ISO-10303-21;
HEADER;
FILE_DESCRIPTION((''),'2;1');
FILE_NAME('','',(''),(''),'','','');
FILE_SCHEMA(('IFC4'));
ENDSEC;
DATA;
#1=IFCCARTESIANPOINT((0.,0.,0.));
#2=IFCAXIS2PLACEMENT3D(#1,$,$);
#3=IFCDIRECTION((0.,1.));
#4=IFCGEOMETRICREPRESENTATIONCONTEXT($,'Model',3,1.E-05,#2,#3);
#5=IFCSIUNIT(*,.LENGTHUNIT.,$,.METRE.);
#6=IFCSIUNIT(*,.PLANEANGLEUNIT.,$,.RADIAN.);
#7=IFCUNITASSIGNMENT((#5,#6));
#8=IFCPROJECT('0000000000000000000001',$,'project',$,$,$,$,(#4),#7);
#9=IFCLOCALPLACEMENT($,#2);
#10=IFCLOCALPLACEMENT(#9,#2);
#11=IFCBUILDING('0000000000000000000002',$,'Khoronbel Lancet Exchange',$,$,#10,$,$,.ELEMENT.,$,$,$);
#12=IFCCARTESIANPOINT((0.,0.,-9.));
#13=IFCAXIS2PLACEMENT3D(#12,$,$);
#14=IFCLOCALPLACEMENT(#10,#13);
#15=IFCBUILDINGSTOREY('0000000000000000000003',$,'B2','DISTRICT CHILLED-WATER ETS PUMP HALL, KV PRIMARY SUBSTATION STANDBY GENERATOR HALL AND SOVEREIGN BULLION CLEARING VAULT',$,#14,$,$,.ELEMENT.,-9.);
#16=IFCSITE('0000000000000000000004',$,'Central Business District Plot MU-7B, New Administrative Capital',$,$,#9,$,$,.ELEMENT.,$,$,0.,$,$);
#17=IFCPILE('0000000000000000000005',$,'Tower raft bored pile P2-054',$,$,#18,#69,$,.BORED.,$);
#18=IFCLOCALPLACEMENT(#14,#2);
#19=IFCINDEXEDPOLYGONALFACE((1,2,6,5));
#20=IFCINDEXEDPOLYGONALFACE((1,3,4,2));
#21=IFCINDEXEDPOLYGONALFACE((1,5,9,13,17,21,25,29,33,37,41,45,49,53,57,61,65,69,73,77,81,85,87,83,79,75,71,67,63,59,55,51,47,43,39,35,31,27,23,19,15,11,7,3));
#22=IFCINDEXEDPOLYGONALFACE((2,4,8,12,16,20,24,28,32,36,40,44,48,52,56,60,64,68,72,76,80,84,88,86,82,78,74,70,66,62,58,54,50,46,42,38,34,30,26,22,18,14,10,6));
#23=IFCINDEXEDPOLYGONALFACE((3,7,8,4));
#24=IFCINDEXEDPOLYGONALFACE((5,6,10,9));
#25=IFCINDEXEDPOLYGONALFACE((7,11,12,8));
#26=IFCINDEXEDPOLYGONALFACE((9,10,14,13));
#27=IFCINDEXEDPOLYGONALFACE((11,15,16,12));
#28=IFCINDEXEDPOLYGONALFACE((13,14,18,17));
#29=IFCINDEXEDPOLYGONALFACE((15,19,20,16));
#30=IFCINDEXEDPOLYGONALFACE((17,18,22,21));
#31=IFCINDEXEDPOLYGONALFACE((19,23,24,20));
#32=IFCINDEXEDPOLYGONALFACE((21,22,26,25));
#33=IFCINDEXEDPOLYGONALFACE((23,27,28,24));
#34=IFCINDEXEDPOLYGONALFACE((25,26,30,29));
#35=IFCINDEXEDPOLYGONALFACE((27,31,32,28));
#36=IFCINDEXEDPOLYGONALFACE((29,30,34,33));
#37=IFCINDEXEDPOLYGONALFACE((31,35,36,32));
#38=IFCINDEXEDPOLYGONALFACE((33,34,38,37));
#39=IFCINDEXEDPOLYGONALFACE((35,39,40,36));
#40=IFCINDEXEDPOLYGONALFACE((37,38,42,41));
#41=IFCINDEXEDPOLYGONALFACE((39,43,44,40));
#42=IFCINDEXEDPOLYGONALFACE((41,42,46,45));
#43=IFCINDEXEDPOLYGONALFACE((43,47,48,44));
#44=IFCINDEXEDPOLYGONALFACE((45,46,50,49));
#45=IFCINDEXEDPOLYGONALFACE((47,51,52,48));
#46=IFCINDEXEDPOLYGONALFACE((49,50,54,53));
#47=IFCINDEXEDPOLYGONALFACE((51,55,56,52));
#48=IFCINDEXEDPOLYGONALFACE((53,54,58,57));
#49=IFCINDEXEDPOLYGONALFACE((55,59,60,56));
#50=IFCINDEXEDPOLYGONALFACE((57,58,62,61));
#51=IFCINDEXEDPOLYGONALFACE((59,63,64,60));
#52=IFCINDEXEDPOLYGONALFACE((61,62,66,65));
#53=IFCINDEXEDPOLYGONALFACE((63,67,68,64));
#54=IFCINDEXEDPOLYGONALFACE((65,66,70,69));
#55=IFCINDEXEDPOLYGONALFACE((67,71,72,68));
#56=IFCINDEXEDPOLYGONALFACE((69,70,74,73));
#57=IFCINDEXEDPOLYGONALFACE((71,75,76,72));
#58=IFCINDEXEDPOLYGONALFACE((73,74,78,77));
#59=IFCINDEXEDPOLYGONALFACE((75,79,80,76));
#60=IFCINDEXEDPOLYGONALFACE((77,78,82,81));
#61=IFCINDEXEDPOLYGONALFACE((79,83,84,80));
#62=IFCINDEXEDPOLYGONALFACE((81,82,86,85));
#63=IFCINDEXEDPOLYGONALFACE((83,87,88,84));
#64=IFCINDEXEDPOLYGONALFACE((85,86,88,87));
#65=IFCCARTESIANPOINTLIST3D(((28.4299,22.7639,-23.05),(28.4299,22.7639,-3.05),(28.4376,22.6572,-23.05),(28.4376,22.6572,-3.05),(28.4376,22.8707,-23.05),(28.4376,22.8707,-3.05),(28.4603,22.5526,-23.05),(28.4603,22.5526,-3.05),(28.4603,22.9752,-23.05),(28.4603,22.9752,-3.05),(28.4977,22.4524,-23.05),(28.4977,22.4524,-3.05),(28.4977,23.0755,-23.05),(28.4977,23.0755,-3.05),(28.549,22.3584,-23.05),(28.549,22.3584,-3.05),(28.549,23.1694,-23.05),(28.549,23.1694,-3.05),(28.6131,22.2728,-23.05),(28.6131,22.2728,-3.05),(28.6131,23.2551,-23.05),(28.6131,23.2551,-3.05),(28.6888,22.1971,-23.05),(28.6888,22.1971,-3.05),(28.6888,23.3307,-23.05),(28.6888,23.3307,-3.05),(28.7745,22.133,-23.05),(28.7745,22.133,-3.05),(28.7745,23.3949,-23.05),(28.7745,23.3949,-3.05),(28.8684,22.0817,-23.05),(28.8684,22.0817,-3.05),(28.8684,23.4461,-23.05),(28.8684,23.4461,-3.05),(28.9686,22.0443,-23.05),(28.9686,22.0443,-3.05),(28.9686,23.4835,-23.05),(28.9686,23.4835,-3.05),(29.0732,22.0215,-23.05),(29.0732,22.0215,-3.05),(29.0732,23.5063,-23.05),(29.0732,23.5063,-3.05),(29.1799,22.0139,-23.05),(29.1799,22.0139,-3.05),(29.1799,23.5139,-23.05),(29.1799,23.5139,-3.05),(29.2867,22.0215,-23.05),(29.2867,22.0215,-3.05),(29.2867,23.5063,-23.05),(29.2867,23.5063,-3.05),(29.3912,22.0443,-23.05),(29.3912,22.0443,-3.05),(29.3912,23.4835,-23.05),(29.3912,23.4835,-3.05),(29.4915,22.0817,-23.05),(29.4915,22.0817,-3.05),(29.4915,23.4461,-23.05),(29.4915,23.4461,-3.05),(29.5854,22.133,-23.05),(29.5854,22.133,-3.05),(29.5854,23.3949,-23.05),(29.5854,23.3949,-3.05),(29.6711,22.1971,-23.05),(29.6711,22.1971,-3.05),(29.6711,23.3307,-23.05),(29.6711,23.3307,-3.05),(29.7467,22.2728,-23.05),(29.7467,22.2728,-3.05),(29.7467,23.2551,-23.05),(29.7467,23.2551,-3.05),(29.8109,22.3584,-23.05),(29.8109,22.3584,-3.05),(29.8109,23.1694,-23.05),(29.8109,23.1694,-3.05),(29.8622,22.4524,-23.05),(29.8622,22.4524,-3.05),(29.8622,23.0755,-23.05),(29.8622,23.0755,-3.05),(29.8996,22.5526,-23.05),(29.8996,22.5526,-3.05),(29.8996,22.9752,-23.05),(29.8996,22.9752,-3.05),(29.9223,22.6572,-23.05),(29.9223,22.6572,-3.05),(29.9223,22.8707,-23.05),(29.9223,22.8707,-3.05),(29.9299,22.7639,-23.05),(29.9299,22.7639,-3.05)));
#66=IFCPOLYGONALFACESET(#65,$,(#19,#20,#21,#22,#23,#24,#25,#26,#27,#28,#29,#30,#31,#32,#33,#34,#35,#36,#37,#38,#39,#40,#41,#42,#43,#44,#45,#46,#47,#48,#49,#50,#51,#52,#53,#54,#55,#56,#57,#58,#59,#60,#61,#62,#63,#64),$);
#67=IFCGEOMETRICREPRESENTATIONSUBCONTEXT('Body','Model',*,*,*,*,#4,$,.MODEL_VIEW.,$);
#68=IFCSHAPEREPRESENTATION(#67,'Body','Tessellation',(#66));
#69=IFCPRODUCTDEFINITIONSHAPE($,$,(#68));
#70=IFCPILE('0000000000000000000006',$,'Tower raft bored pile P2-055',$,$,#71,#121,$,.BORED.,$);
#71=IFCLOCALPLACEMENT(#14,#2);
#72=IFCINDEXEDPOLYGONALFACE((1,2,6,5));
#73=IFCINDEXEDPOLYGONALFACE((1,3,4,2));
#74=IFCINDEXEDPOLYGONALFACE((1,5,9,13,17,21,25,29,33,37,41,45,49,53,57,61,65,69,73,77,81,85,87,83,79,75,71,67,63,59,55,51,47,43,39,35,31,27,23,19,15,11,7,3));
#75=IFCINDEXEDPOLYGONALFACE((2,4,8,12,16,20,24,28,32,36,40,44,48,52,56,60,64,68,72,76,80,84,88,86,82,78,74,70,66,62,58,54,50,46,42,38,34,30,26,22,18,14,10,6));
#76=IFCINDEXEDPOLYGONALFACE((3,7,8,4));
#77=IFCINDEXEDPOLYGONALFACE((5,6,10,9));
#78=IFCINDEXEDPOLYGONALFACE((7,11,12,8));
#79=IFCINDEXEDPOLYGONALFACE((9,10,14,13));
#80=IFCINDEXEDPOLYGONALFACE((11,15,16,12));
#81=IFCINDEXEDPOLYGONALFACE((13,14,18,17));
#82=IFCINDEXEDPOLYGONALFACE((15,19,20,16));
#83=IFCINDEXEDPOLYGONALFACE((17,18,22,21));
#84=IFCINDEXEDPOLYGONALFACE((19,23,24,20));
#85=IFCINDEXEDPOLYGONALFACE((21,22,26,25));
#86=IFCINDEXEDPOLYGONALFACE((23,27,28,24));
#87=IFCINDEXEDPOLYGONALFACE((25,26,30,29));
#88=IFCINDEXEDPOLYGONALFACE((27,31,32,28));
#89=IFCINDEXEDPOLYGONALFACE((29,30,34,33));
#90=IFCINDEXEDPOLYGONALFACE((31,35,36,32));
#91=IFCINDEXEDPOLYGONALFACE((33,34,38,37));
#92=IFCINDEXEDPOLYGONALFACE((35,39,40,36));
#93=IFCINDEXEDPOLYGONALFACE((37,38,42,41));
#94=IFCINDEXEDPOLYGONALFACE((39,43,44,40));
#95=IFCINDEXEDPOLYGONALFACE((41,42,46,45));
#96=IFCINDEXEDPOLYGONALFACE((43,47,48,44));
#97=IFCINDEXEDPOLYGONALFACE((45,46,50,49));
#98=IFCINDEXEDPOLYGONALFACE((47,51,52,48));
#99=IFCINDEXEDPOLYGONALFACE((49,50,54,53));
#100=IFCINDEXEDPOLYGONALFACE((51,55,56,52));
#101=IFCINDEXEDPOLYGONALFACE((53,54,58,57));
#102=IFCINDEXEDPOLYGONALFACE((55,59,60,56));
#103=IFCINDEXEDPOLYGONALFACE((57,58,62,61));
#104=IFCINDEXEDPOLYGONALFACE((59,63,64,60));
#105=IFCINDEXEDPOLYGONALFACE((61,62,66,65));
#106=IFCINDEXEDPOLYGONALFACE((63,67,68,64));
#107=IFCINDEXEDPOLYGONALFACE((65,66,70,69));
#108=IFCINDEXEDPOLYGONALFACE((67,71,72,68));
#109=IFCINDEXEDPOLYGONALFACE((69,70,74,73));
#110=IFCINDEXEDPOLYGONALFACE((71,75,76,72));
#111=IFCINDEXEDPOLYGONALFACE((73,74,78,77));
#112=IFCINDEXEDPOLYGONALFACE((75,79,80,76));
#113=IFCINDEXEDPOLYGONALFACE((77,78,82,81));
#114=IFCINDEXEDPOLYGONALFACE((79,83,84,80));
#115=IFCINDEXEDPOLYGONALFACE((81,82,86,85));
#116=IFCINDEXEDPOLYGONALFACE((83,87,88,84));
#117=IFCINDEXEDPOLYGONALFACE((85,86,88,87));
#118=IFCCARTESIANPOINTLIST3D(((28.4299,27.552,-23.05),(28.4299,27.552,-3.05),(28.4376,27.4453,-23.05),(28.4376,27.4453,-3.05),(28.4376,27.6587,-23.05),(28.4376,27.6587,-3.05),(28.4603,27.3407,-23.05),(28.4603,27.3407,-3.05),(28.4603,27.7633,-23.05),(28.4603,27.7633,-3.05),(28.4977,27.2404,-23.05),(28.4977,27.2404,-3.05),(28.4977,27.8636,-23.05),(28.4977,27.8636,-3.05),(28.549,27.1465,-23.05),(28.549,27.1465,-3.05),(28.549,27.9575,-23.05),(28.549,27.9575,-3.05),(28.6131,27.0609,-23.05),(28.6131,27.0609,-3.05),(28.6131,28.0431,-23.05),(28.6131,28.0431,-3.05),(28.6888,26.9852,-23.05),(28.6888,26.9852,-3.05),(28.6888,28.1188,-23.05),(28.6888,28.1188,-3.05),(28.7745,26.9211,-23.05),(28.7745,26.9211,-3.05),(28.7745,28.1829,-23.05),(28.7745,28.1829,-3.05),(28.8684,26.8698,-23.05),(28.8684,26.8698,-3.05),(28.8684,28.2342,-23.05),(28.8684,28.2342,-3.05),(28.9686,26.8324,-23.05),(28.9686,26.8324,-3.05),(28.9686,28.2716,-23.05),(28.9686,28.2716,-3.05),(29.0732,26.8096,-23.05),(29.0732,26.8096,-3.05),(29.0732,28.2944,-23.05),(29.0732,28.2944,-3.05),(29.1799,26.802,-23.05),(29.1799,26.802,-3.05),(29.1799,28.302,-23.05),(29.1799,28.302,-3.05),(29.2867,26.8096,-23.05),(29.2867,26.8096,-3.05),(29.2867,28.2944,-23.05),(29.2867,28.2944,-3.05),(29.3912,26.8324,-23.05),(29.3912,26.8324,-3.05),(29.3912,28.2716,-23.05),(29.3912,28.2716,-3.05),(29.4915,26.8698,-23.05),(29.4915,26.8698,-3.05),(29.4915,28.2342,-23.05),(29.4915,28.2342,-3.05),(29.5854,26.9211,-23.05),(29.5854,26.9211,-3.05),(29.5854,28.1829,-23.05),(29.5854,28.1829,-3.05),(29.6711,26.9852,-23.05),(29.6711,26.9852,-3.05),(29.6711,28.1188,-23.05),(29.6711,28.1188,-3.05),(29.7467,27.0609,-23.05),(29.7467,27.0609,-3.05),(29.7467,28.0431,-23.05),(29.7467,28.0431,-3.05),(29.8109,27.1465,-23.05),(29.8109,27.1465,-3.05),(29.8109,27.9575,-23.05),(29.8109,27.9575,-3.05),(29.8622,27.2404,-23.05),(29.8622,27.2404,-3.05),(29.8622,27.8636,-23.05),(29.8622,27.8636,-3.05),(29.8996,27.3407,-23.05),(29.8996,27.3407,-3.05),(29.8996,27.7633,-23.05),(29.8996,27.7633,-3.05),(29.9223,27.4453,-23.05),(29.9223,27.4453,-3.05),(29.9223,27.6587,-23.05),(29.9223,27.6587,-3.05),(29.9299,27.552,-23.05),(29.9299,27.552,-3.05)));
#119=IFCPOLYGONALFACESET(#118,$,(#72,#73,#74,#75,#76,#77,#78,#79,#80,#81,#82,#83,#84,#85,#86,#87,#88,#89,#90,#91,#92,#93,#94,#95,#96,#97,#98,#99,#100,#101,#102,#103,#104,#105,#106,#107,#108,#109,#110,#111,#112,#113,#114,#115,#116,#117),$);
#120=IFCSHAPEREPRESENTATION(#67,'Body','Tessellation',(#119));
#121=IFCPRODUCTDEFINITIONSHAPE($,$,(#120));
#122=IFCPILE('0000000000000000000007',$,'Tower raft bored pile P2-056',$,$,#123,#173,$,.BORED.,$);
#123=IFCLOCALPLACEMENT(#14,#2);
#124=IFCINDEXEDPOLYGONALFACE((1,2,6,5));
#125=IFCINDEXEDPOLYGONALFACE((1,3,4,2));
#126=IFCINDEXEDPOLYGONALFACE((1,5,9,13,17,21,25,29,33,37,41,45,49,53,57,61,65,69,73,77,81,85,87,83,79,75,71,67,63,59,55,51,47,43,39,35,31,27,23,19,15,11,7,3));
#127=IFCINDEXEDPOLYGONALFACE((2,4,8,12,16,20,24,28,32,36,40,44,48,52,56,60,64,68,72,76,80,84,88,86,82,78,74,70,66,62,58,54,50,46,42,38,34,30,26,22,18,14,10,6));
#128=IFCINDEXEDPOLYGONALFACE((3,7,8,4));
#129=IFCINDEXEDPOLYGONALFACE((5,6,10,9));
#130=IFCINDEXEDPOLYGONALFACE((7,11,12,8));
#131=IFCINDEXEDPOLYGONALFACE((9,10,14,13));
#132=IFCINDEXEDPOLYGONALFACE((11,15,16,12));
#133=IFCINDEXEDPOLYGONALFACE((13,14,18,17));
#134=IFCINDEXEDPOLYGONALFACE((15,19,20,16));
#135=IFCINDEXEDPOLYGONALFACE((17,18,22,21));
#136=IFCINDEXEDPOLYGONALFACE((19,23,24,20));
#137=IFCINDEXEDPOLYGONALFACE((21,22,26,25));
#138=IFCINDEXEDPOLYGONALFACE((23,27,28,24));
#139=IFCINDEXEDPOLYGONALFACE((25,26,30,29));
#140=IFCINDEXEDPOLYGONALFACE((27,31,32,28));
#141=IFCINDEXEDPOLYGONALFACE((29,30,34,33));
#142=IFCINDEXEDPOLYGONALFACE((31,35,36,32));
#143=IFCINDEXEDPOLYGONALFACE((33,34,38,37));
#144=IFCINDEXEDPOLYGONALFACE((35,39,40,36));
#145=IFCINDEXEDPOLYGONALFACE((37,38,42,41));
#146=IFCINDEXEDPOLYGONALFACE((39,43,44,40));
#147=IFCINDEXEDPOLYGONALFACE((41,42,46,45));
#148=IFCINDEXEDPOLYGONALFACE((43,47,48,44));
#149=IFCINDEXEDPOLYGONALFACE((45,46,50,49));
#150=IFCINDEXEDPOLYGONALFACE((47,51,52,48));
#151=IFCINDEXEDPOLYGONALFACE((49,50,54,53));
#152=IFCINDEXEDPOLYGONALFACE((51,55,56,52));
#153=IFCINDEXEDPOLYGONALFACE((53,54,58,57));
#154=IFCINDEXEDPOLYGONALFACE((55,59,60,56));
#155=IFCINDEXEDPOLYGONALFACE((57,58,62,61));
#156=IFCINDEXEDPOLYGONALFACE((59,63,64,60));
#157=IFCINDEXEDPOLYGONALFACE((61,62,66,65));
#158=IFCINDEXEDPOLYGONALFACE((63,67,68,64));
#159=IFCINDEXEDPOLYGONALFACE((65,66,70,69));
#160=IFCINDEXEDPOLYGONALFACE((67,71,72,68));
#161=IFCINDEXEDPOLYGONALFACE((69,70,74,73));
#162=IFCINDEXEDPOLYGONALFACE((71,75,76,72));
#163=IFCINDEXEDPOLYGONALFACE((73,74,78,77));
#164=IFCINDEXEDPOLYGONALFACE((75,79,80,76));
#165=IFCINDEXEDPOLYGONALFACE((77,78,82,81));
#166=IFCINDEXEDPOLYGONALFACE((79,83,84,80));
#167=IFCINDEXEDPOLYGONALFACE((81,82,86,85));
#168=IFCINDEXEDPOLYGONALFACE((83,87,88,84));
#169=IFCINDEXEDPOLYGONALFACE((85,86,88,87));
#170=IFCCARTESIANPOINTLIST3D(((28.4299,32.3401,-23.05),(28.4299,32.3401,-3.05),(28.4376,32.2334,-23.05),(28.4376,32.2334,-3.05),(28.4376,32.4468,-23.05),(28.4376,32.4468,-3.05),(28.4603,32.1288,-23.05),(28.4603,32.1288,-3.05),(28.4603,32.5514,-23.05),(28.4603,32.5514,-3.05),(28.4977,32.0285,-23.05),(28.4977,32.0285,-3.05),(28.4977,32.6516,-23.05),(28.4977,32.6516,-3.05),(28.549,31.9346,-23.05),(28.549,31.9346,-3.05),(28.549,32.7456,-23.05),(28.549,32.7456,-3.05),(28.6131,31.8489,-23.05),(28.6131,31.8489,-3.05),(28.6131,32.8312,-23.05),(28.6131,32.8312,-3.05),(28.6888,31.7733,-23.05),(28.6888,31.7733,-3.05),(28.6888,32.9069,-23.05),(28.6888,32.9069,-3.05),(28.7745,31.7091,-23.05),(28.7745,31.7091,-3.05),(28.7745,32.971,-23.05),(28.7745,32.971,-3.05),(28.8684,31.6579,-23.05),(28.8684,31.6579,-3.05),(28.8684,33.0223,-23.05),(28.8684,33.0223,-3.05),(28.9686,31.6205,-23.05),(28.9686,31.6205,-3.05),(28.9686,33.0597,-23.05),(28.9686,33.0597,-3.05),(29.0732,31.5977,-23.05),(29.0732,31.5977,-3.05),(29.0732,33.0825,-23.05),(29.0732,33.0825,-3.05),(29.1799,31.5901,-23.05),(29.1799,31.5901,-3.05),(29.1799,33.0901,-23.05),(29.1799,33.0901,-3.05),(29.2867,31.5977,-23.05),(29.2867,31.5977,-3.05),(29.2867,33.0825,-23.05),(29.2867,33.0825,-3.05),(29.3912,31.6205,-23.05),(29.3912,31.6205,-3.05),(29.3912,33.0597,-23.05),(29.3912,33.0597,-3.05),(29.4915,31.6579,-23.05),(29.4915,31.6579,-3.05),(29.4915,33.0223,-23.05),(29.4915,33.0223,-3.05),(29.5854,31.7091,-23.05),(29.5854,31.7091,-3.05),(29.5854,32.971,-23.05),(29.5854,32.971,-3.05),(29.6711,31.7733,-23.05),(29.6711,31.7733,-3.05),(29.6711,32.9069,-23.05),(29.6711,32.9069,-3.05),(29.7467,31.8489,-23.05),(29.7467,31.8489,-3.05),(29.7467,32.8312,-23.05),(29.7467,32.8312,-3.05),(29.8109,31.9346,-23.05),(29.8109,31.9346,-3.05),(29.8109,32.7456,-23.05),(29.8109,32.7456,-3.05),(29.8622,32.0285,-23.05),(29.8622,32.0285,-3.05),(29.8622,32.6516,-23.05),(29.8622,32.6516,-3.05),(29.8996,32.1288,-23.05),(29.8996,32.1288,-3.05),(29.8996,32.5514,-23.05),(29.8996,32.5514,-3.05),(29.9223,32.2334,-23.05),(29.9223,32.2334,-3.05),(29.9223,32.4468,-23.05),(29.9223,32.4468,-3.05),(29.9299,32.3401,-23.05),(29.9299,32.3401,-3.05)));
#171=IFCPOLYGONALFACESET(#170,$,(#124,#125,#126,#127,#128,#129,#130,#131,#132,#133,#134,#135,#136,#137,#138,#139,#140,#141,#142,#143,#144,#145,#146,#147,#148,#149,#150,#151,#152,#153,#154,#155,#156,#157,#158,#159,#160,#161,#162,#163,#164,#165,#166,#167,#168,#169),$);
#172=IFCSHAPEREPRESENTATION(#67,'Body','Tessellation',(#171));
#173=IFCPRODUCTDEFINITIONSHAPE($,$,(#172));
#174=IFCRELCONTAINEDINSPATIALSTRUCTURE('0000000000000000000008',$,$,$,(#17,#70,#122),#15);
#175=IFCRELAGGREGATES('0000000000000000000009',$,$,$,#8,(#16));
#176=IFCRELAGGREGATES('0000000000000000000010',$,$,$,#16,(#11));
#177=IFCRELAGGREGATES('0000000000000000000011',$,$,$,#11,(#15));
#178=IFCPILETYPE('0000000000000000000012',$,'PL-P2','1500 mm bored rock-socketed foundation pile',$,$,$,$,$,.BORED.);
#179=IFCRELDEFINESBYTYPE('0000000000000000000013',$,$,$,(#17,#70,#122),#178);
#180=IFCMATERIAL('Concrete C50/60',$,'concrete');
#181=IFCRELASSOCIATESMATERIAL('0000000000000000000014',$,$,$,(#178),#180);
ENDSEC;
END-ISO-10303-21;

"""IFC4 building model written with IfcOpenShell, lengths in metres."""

from ifc_helpers import new_model, si_unit, direction, frame, origin, origin_2d, place, context, subcontext, project, spatial, circle, extrude, material, material_profile, profile_set, type_object, element, save


model = new_model("IFC4")

# Units and contexts
model_context = context("Model", 3, precision=1e-05, world=origin(), true_north=direction((0.0, 1.0)))
body_context = subcontext(model_context, "Body", "Model", "MODEL_VIEW")
ifc_project = project(units=[si_unit("LENGTHUNIT", "METRE"), si_unit("PLANEANGLEUNIT", "RADIAN")], contexts=[model_context])

# Site, building, storey
site_placement = place(None, origin())
site = spatial("IfcSite", under=ifc_project, at=site_placement, Name="Central Business District Plot MU-7B, New Administrative Capital", CompositionType="ELEMENT", RefElevation=0.0)
building_placement = place(site_placement, origin())
building = spatial("IfcBuilding", under=site, at=building_placement, Name="Khoronbel Lancet Exchange", CompositionType="ELEMENT")
storey_placement = place(building_placement, frame((0.0, 0.0, -9.0)))
storey = spatial("IfcBuildingStorey", under=building, at=storey_placement, Name="B2", Description="DISTRICT CHILLED-WATER ETS PUMP HALL, KV PRIMARY SUBSTATION STANDBY GENERATOR HALL AND SOVEREIGN BULLION CLEARING VAULT", CompositionType="ELEMENT", Elevation=-9.0)

# Piles
ifc_material_1 = material(Name="Concrete C50/60", Category="concrete")
ifc_material_profile_1 = material_profile(ifc_material_1, circle(Radius=0.75, at=origin_2d()), Name="BORED PILE D1500")
ifc_profile_set_1 = profile_set([ifc_material_profile_1], Name="Concrete C50/60")
pile_type = type_object("IfcPileType", Name="PL-P2", Description="1500 mm bored rock-socketed foundation pile", PredefinedType="BORED", material=ifc_profile_set_1)
for number, where, z_axis, x_axis, name in (
    (1, (29.1799, 22.7639, -3.05), (0.0, 0.0, -1.0), (1.0, 0.0, 0.0), "Tower raft bored pile P2-054"),
    (2, (29.1799, 27.552, -3.05), (0.0, 0.0, -1.0), (1.0, 0.0, 0.0), "Tower raft bored pile P2-055"),
    (3, (29.1799, 32.3401, -3.05), (0.0, 0.0, -1.0), (1.0, 0.0, 0.0), "Tower raft bored pile P2-056"),
):
    element("IfcPile", number, at=place(storey_placement, frame(where, z_axis=z_axis, x_axis=x_axis)), inside=storey, type_object=pile_type, Name=name, PredefinedType="BORED", context=body_context, shape_type="SweptSolid", body=[
        extrude(circle(Radius=0.75, at=origin_2d()), origin(), (0.0, 0.0, 1.0), 20.0),
    ])

save(model, "model.ifc")
